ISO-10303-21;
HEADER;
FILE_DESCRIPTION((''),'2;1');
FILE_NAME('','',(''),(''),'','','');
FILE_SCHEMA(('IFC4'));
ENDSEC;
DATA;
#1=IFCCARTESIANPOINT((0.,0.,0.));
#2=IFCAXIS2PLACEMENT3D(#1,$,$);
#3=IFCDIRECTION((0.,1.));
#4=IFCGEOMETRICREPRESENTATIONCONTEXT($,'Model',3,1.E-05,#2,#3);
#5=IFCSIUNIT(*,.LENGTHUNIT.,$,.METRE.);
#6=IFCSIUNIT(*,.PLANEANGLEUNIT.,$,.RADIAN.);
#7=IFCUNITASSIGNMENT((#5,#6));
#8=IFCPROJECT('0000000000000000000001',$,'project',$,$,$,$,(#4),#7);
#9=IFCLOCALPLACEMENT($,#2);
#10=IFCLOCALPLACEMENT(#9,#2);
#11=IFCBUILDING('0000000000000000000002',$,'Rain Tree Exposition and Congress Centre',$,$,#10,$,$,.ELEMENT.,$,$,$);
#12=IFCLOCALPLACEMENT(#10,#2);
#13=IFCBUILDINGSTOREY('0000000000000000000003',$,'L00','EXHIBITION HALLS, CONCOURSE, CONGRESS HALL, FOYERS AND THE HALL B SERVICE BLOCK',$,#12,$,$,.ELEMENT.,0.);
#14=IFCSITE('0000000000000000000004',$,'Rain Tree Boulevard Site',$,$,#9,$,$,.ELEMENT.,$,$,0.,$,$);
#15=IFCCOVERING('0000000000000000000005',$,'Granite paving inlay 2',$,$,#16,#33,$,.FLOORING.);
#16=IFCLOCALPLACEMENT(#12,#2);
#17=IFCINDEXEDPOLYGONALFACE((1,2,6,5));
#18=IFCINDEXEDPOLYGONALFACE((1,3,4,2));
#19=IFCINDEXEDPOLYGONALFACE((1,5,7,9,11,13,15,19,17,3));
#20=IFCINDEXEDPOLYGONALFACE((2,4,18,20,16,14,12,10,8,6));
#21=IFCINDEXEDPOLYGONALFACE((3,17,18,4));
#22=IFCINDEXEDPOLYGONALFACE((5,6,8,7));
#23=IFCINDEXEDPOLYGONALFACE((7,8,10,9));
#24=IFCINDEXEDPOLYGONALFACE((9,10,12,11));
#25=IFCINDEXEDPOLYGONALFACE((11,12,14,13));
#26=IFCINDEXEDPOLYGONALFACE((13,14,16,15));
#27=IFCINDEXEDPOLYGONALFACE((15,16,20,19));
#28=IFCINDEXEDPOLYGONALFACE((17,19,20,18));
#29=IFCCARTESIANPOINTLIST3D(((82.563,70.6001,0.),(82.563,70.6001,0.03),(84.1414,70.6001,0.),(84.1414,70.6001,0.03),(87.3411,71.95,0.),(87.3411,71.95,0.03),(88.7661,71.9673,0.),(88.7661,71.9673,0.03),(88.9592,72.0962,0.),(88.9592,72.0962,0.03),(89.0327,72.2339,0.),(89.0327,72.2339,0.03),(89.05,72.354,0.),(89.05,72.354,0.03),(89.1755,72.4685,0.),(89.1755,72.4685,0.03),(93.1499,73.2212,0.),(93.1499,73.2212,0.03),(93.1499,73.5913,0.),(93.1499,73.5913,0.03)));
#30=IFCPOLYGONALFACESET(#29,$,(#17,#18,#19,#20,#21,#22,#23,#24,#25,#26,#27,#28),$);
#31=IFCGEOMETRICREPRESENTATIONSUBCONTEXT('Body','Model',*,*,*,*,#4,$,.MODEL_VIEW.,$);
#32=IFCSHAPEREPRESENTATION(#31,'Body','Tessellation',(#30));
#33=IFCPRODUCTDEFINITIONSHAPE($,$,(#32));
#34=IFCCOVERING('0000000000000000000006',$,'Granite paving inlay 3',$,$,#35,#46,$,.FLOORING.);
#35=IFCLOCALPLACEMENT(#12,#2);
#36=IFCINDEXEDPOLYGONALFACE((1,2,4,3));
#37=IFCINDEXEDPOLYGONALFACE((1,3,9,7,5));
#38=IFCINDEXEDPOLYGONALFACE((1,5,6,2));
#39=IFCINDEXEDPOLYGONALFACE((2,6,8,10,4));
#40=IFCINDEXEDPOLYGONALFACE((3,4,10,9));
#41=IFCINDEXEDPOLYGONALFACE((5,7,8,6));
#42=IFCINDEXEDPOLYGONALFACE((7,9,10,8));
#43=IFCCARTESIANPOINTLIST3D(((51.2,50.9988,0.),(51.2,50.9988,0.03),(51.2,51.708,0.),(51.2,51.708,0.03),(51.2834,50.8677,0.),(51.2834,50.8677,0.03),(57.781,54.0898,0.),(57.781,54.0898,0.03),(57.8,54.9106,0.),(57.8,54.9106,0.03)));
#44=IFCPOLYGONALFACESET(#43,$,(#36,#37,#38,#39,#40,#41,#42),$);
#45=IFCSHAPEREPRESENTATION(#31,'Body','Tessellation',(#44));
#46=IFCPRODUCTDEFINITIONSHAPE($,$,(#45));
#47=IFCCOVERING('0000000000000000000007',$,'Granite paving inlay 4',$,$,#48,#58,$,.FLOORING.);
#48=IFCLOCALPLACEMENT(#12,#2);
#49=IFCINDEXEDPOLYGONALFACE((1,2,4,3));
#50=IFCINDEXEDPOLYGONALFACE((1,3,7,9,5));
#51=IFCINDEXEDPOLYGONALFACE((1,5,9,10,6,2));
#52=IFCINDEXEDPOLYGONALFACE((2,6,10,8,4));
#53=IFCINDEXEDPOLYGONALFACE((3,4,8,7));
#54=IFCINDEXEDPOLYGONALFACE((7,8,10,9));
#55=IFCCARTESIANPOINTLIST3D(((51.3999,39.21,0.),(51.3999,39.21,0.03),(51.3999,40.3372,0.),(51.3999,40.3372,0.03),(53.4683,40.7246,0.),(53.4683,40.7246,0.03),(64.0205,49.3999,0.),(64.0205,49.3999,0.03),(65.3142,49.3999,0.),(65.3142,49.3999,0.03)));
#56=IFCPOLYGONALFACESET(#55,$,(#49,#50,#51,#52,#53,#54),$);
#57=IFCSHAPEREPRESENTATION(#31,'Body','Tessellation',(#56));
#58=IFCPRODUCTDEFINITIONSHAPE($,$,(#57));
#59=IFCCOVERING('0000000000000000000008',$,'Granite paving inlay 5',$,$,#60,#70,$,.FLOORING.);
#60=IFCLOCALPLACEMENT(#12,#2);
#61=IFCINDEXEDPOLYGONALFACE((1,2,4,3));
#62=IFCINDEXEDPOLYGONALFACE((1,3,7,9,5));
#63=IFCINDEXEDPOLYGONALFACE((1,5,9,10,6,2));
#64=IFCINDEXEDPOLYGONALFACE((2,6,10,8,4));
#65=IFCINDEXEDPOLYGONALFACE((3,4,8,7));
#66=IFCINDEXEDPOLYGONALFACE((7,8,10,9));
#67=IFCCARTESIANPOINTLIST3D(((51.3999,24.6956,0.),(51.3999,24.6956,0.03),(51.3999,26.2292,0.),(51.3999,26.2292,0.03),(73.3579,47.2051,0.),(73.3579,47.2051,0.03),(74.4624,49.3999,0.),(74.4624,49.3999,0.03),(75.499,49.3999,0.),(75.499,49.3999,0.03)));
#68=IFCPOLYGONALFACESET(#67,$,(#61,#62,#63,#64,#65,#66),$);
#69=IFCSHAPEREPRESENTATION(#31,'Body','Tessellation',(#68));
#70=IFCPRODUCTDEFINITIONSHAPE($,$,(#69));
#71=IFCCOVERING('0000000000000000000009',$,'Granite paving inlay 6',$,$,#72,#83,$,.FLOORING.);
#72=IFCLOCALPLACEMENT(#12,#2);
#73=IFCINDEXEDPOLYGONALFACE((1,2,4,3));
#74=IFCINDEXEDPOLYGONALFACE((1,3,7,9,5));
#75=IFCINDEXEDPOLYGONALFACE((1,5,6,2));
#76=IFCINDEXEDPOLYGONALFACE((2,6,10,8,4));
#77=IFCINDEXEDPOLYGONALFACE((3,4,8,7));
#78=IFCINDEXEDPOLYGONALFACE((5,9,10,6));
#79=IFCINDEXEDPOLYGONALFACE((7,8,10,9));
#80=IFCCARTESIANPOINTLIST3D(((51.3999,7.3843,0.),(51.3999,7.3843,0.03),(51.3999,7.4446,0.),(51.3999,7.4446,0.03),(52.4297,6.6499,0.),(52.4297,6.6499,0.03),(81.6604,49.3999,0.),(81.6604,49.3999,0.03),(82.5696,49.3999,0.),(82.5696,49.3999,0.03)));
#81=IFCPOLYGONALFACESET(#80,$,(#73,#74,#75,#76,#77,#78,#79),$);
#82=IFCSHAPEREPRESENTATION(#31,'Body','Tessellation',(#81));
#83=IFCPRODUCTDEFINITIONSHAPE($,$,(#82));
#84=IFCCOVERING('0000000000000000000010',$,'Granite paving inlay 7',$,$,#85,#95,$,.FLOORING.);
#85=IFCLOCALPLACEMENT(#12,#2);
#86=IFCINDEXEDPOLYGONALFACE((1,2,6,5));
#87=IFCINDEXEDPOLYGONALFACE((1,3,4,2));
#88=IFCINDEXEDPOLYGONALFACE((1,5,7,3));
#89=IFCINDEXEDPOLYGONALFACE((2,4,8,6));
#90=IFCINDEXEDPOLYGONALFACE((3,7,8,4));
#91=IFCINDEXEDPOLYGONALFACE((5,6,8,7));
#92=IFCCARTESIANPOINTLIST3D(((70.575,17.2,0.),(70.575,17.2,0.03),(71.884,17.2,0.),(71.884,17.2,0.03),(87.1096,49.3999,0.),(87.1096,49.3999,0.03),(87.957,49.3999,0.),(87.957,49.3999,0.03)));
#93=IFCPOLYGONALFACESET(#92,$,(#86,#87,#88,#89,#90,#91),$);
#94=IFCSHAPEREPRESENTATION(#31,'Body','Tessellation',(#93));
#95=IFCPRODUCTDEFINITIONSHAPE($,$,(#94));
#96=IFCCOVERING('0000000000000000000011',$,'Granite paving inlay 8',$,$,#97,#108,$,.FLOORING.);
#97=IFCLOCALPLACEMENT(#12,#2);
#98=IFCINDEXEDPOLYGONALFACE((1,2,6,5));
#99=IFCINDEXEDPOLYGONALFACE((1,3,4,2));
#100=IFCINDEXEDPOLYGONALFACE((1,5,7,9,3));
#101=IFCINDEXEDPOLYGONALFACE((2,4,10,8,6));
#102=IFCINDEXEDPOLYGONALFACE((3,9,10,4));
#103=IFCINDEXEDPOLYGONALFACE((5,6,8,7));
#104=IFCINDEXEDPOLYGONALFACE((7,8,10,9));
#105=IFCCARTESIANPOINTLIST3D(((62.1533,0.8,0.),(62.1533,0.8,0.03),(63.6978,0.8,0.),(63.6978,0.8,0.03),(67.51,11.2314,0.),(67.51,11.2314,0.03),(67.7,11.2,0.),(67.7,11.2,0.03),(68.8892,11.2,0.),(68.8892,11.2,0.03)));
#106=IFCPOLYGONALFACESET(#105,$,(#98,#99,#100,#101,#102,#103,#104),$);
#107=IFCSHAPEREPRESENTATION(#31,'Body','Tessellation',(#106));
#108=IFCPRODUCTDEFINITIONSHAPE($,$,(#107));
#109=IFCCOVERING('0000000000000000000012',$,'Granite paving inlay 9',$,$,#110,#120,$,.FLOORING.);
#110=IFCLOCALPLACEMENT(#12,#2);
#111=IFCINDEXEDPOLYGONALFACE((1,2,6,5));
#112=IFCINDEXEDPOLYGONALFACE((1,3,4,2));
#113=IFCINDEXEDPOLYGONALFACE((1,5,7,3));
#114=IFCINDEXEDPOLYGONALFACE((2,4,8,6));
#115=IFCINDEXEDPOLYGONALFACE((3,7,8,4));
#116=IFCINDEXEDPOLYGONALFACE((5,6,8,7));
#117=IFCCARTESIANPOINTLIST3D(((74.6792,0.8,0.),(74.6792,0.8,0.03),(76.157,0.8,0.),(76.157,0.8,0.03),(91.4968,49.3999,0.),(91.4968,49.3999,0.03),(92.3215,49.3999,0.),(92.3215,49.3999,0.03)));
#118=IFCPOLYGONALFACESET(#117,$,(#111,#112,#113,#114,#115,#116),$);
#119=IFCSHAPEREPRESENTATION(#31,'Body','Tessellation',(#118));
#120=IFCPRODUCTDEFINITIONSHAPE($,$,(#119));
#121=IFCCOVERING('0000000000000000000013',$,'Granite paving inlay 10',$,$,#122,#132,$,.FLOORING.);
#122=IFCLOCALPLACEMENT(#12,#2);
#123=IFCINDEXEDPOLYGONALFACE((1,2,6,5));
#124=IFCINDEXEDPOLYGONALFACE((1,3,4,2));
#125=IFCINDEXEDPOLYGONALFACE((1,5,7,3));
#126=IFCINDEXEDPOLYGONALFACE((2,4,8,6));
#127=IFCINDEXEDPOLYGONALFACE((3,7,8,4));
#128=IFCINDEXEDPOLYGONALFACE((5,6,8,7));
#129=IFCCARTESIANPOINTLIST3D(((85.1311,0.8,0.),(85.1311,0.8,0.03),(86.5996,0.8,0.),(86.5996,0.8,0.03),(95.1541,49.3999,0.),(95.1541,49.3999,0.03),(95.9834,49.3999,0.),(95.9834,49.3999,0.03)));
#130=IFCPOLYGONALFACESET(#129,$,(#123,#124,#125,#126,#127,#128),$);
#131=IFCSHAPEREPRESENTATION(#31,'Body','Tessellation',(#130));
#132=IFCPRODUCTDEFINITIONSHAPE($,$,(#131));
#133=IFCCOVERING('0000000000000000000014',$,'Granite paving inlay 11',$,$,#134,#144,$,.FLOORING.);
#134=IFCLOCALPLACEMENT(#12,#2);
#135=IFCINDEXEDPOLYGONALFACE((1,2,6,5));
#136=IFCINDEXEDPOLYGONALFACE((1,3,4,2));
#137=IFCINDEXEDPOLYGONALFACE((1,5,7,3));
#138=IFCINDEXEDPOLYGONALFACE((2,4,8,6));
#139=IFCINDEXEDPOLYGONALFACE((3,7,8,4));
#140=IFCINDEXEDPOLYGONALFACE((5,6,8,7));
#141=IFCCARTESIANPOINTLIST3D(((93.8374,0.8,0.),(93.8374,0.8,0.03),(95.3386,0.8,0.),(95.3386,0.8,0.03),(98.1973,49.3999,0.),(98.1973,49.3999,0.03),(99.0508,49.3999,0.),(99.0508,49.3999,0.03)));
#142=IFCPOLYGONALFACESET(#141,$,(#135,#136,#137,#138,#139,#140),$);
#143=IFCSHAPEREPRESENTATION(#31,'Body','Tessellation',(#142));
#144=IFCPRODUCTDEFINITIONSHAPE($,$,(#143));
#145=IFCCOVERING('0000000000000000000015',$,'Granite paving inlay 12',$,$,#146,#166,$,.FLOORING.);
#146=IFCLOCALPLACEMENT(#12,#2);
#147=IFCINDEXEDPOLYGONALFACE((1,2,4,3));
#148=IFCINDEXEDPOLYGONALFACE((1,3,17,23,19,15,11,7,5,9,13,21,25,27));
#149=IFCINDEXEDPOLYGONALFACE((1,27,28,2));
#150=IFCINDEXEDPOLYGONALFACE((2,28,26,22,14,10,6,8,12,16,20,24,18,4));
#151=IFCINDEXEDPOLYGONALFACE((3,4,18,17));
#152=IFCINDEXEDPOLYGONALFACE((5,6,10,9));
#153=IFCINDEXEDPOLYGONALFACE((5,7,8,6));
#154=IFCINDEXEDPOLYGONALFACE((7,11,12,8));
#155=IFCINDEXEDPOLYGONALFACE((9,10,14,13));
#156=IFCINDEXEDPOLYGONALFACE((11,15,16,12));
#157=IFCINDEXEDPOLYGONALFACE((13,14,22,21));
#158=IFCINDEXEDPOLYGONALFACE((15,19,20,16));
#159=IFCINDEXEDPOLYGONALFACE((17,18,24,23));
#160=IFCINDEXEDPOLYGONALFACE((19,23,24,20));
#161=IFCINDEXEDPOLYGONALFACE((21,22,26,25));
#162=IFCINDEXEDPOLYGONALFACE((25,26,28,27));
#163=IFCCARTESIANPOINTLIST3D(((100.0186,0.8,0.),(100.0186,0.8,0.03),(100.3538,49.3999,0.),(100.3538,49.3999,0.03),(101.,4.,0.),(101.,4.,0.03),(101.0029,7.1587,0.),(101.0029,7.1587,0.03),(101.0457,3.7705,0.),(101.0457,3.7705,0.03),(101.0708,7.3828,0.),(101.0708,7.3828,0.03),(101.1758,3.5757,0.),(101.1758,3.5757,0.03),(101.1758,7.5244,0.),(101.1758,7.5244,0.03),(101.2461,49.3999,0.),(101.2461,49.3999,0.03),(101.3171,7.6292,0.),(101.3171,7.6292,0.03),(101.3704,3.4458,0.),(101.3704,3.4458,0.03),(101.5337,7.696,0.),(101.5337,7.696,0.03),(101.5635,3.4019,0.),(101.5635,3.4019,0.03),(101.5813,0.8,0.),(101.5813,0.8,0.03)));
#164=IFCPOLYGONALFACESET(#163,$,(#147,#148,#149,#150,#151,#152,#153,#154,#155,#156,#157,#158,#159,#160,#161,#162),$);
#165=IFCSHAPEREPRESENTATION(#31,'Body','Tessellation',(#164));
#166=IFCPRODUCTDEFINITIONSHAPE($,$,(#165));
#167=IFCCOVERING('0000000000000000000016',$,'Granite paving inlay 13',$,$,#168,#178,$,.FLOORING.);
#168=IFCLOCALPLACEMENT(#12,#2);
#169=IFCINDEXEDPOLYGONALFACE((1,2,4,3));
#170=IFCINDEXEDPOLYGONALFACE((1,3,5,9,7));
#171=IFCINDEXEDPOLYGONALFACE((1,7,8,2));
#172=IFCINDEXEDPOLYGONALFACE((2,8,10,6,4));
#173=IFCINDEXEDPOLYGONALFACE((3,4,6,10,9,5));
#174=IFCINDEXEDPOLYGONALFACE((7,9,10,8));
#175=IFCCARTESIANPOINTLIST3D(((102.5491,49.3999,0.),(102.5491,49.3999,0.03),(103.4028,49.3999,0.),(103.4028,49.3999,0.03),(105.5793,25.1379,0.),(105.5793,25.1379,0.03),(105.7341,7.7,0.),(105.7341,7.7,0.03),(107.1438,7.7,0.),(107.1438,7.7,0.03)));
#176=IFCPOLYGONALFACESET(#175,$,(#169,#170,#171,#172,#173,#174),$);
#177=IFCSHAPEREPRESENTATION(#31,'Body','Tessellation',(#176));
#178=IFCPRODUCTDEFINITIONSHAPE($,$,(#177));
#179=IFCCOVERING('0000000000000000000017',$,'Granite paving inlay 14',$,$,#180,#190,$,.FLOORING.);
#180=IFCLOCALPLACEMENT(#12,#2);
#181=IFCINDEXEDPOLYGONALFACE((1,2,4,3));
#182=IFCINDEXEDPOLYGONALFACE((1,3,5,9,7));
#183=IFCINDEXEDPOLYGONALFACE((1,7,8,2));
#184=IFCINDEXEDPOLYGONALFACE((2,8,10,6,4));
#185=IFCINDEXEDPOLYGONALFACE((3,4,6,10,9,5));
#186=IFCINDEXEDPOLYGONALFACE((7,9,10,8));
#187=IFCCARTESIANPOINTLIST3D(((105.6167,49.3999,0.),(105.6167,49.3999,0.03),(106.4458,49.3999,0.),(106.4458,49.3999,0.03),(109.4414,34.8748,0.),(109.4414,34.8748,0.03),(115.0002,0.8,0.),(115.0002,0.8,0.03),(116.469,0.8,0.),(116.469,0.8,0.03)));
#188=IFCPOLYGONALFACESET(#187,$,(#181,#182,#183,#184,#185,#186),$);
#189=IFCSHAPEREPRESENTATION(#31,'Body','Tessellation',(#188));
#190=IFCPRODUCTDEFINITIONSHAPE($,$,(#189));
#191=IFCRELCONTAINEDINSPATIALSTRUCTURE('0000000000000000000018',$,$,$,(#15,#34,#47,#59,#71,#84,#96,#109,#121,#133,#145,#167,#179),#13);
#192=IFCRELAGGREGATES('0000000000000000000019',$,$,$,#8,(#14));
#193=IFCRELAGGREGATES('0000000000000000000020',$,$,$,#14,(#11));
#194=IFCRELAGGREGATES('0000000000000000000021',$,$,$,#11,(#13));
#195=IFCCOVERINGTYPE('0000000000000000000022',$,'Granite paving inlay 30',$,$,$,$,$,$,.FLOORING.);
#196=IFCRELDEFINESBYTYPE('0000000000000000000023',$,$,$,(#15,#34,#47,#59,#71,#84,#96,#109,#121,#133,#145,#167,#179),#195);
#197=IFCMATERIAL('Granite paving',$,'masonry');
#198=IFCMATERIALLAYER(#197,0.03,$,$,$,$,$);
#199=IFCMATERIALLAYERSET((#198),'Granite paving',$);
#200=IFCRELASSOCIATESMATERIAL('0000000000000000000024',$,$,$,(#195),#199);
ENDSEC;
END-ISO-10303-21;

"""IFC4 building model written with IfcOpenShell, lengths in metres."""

from ifc_helpers import new_model, si_unit, direction, origin, place, context, subcontext, project, spatial, polyline, outline, extrude, material, layer, layer_set, type_object, element, save


model = new_model("IFC4")

# Units and contexts
model_context = context("Model", 3, precision=1e-05, world=origin(), true_north=direction((0.0, 1.0)))
body_context = subcontext(model_context, "Body", "Model", "MODEL_VIEW")
ifc_project = project(units=[si_unit("LENGTHUNIT", "METRE"), si_unit("PLANEANGLEUNIT", "RADIAN")], contexts=[model_context])

# Site, building, storey
site_placement = place(None, origin())
site = spatial("IfcSite", under=ifc_project, at=site_placement, Name="Rain Tree Boulevard Site", CompositionType="ELEMENT", RefElevation=0.0)
building_placement = place(site_placement, origin())
building = spatial("IfcBuilding", under=site, at=building_placement, Name="Rain Tree Exposition and Congress Centre", CompositionType="ELEMENT")
storey_placement = place(building_placement, origin())
storey = spatial("IfcBuildingStorey", under=building, at=storey_placement, Name="L00", Description="EXHIBITION HALLS, CONCOURSE, CONGRESS HALL, FOYERS AND THE HALL B SERVICE BLOCK", CompositionType="ELEMENT", Elevation=0.0)

# Coverings
ifc_material_1 = material(Name="Granite paving", Category="masonry")
ifc_layer_1 = layer(ifc_material_1, 0.03)
ifc_layer_set_1 = layer_set([ifc_layer_1], Name="Granite paving")
covering_type_1 = type_object("IfcCoveringType", Name="Granite paving inlay 30", PredefinedType="FLOORING", material=ifc_layer_set_1)
covering_1_placement = place(storey_placement, origin())
element("IfcCovering", 1, at=covering_1_placement, inside=storey, type_object=covering_type_1, Name="Granite paving inlay 2", PredefinedType="FLOORING", context=body_context, shape_type="SweptSolid", body=[
    extrude(outline(polyline([(93.1499, 73.2212), (93.1499, 73.5913), (89.1755, 72.4685), (89.05, 72.354), (89.0327, 72.2339), (88.9592, 72.0962), (88.7661, 71.9673), (87.3411, 71.95), (82.563, 70.6001), (84.1414, 70.6001), (93.1499, 73.2212)])), origin(), (0.0, 0.0, 1.0), 0.03),
])
covering_2_placement = place(storey_placement, origin())
element("IfcCovering", 2, at=covering_2_placement, inside=storey, type_object=covering_type_1, Name="Granite paving inlay 3", PredefinedType="FLOORING", context=body_context, shape_type="SweptSolid", body=[
    extrude(outline(polyline([(57.781, 54.0898), (57.8, 54.9106), (51.2, 51.708), (51.2, 50.9988), (51.2834, 50.8677), (57.781, 54.0898)])), origin(), (0.0, 0.0, 1.0), 0.03),
])
covering_3_placement = place(storey_placement, origin())
element("IfcCovering", 3, at=covering_3_placement, inside=storey, type_object=covering_type_1, Name="Granite paving inlay 4", PredefinedType="FLOORING", context=body_context, shape_type="SweptSolid", body=[
    extrude(outline(polyline([(65.3142, 49.3999), (64.0205, 49.3999), (51.3999, 40.3372), (51.3999, 39.21), (53.4683, 40.7246), (65.3142, 49.3999)])), origin(), (0.0, 0.0, 1.0), 0.03),
])
covering_4_placement = place(storey_placement, origin())
element("IfcCovering", 4, at=covering_4_placement, inside=storey, type_object=covering_type_1, Name="Granite paving inlay 5", PredefinedType="FLOORING", context=body_context, shape_type="SweptSolid", body=[
    extrude(outline(polyline([(75.499, 49.3999), (74.4624, 49.3999), (51.3999, 26.2292), (51.3999, 24.6956), (73.3579, 47.2051), (75.499, 49.3999)])), origin(), (0.0, 0.0, 1.0), 0.03),
])
covering_5_placement = place(storey_placement, origin())
element("IfcCovering", 5, at=covering_5_placement, inside=storey, type_object=covering_type_1, Name="Granite paving inlay 6", PredefinedType="FLOORING", context=body_context, shape_type="SweptSolid", body=[
    extrude(outline(polyline([(82.5696, 49.3999), (81.6604, 49.3999), (51.3999, 7.4446), (51.3999, 7.3843), (52.4297, 6.6499), (82.5696, 49.3999)])), origin(), (0.0, 0.0, 1.0), 0.03),
])
covering_6_placement = place(storey_placement, origin())
element("IfcCovering", 6, at=covering_6_placement, inside=storey, type_object=covering_type_1, Name="Granite paving inlay 7", PredefinedType="FLOORING", context=body_context, shape_type="SweptSolid", body=[
    extrude(outline(polyline([(87.957, 49.3999), (87.1096, 49.3999), (70.575, 17.2), (71.884, 17.2), (87.957, 49.3999)])), origin(), (0.0, 0.0, 1.0), 0.03),
])
covering_7_placement = place(storey_placement, origin())
element("IfcCovering", 7, at=covering_7_placement, inside=storey, type_object=covering_type_1, Name="Granite paving inlay 8", PredefinedType="FLOORING", context=body_context, shape_type="SweptSolid", body=[
    extrude(outline(polyline([(68.8892, 11.2), (67.7, 11.2), (67.51, 11.2314), (62.1533, 0.8), (63.6978, 0.8), (68.8892, 11.2)])), origin(), (0.0, 0.0, 1.0), 0.03),
])
covering_8_placement = place(storey_placement, origin())
element("IfcCovering", 8, at=covering_8_placement, inside=storey, type_object=covering_type_1, Name="Granite paving inlay 9", PredefinedType="FLOORING", context=body_context, shape_type="SweptSolid", body=[
    extrude(outline(polyline([(92.3215, 49.3999), (91.4968, 49.3999), (74.6792, 0.8), (76.157, 0.8), (92.3215, 49.3999)])), origin(), (0.0, 0.0, 1.0), 0.03),
])
covering_9_placement = place(storey_placement, origin())
element("IfcCovering", 9, at=covering_9_placement, inside=storey, type_object=covering_type_1, Name="Granite paving inlay 10", PredefinedType="FLOORING", context=body_context, shape_type="SweptSolid", body=[
    extrude(outline(polyline([(95.9834, 49.3999), (95.1541, 49.3999), (85.1311, 0.8), (86.5996, 0.8), (95.9834, 49.3999)])), origin(), (0.0, 0.0, 1.0), 0.03),
])
covering_10_placement = place(storey_placement, origin())
element("IfcCovering", 10, at=covering_10_placement, inside=storey, type_object=covering_type_1, Name="Granite paving inlay 11", PredefinedType="FLOORING", context=body_context, shape_type="SweptSolid", body=[
    extrude(outline(polyline([(99.0508, 49.3999), (98.1973, 49.3999), (93.8374, 0.8), (95.3386, 0.8), (99.0508, 49.3999)])), origin(), (0.0, 0.0, 1.0), 0.03),
])
covering_11_placement = place(storey_placement, origin())
element("IfcCovering", 11, at=covering_11_placement, inside=storey, type_object=covering_type_1, Name="Granite paving inlay 12", PredefinedType="FLOORING", context=body_context, shape_type="SweptSolid", body=[
    extrude(outline(polyline([(101.2461, 49.3999), (100.3538, 49.3999), (100.0186, 0.8), (101.5813, 0.8), (101.5635, 3.4019), (101.3704, 3.4458), (101.1758, 3.5757), (101.0457, 3.7705), (101.0, 4.0), (101.0029, 7.1587), (101.0708, 7.3828), (101.1758, 7.5244), (101.3171, 7.6292), (101.5337, 7.696), (101.2461, 49.3999)])), origin(), (0.0, 0.0, 1.0), 0.03),
])
covering_12_placement = place(storey_placement, origin())
element("IfcCovering", 12, at=covering_12_placement, inside=storey, type_object=covering_type_1, Name="Granite paving inlay 13", PredefinedType="FLOORING", context=body_context, shape_type="SweptSolid", body=[
    extrude(outline(polyline([(103.4028, 49.3999), (102.5491, 49.3999), (105.7341, 7.7), (107.1438, 7.7), (105.5793, 25.1379), (103.4028, 49.3999)])), origin(), (0.0, 0.0, 1.0), 0.03),
])
covering_13_placement = place(storey_placement, origin())
element("IfcCovering", 13, at=covering_13_placement, inside=storey, type_object=covering_type_1, Name="Granite paving inlay 14", PredefinedType="FLOORING", context=body_context, shape_type="SweptSolid", body=[
    extrude(outline(polyline([(106.4458, 49.3999), (105.6167, 49.3999), (115.0002, 0.8), (116.469, 0.8), (109.4414, 34.8748), (106.4458, 49.3999)])), origin(), (0.0, 0.0, 1.0), 0.03),
])

save(model, "model.ifc")
